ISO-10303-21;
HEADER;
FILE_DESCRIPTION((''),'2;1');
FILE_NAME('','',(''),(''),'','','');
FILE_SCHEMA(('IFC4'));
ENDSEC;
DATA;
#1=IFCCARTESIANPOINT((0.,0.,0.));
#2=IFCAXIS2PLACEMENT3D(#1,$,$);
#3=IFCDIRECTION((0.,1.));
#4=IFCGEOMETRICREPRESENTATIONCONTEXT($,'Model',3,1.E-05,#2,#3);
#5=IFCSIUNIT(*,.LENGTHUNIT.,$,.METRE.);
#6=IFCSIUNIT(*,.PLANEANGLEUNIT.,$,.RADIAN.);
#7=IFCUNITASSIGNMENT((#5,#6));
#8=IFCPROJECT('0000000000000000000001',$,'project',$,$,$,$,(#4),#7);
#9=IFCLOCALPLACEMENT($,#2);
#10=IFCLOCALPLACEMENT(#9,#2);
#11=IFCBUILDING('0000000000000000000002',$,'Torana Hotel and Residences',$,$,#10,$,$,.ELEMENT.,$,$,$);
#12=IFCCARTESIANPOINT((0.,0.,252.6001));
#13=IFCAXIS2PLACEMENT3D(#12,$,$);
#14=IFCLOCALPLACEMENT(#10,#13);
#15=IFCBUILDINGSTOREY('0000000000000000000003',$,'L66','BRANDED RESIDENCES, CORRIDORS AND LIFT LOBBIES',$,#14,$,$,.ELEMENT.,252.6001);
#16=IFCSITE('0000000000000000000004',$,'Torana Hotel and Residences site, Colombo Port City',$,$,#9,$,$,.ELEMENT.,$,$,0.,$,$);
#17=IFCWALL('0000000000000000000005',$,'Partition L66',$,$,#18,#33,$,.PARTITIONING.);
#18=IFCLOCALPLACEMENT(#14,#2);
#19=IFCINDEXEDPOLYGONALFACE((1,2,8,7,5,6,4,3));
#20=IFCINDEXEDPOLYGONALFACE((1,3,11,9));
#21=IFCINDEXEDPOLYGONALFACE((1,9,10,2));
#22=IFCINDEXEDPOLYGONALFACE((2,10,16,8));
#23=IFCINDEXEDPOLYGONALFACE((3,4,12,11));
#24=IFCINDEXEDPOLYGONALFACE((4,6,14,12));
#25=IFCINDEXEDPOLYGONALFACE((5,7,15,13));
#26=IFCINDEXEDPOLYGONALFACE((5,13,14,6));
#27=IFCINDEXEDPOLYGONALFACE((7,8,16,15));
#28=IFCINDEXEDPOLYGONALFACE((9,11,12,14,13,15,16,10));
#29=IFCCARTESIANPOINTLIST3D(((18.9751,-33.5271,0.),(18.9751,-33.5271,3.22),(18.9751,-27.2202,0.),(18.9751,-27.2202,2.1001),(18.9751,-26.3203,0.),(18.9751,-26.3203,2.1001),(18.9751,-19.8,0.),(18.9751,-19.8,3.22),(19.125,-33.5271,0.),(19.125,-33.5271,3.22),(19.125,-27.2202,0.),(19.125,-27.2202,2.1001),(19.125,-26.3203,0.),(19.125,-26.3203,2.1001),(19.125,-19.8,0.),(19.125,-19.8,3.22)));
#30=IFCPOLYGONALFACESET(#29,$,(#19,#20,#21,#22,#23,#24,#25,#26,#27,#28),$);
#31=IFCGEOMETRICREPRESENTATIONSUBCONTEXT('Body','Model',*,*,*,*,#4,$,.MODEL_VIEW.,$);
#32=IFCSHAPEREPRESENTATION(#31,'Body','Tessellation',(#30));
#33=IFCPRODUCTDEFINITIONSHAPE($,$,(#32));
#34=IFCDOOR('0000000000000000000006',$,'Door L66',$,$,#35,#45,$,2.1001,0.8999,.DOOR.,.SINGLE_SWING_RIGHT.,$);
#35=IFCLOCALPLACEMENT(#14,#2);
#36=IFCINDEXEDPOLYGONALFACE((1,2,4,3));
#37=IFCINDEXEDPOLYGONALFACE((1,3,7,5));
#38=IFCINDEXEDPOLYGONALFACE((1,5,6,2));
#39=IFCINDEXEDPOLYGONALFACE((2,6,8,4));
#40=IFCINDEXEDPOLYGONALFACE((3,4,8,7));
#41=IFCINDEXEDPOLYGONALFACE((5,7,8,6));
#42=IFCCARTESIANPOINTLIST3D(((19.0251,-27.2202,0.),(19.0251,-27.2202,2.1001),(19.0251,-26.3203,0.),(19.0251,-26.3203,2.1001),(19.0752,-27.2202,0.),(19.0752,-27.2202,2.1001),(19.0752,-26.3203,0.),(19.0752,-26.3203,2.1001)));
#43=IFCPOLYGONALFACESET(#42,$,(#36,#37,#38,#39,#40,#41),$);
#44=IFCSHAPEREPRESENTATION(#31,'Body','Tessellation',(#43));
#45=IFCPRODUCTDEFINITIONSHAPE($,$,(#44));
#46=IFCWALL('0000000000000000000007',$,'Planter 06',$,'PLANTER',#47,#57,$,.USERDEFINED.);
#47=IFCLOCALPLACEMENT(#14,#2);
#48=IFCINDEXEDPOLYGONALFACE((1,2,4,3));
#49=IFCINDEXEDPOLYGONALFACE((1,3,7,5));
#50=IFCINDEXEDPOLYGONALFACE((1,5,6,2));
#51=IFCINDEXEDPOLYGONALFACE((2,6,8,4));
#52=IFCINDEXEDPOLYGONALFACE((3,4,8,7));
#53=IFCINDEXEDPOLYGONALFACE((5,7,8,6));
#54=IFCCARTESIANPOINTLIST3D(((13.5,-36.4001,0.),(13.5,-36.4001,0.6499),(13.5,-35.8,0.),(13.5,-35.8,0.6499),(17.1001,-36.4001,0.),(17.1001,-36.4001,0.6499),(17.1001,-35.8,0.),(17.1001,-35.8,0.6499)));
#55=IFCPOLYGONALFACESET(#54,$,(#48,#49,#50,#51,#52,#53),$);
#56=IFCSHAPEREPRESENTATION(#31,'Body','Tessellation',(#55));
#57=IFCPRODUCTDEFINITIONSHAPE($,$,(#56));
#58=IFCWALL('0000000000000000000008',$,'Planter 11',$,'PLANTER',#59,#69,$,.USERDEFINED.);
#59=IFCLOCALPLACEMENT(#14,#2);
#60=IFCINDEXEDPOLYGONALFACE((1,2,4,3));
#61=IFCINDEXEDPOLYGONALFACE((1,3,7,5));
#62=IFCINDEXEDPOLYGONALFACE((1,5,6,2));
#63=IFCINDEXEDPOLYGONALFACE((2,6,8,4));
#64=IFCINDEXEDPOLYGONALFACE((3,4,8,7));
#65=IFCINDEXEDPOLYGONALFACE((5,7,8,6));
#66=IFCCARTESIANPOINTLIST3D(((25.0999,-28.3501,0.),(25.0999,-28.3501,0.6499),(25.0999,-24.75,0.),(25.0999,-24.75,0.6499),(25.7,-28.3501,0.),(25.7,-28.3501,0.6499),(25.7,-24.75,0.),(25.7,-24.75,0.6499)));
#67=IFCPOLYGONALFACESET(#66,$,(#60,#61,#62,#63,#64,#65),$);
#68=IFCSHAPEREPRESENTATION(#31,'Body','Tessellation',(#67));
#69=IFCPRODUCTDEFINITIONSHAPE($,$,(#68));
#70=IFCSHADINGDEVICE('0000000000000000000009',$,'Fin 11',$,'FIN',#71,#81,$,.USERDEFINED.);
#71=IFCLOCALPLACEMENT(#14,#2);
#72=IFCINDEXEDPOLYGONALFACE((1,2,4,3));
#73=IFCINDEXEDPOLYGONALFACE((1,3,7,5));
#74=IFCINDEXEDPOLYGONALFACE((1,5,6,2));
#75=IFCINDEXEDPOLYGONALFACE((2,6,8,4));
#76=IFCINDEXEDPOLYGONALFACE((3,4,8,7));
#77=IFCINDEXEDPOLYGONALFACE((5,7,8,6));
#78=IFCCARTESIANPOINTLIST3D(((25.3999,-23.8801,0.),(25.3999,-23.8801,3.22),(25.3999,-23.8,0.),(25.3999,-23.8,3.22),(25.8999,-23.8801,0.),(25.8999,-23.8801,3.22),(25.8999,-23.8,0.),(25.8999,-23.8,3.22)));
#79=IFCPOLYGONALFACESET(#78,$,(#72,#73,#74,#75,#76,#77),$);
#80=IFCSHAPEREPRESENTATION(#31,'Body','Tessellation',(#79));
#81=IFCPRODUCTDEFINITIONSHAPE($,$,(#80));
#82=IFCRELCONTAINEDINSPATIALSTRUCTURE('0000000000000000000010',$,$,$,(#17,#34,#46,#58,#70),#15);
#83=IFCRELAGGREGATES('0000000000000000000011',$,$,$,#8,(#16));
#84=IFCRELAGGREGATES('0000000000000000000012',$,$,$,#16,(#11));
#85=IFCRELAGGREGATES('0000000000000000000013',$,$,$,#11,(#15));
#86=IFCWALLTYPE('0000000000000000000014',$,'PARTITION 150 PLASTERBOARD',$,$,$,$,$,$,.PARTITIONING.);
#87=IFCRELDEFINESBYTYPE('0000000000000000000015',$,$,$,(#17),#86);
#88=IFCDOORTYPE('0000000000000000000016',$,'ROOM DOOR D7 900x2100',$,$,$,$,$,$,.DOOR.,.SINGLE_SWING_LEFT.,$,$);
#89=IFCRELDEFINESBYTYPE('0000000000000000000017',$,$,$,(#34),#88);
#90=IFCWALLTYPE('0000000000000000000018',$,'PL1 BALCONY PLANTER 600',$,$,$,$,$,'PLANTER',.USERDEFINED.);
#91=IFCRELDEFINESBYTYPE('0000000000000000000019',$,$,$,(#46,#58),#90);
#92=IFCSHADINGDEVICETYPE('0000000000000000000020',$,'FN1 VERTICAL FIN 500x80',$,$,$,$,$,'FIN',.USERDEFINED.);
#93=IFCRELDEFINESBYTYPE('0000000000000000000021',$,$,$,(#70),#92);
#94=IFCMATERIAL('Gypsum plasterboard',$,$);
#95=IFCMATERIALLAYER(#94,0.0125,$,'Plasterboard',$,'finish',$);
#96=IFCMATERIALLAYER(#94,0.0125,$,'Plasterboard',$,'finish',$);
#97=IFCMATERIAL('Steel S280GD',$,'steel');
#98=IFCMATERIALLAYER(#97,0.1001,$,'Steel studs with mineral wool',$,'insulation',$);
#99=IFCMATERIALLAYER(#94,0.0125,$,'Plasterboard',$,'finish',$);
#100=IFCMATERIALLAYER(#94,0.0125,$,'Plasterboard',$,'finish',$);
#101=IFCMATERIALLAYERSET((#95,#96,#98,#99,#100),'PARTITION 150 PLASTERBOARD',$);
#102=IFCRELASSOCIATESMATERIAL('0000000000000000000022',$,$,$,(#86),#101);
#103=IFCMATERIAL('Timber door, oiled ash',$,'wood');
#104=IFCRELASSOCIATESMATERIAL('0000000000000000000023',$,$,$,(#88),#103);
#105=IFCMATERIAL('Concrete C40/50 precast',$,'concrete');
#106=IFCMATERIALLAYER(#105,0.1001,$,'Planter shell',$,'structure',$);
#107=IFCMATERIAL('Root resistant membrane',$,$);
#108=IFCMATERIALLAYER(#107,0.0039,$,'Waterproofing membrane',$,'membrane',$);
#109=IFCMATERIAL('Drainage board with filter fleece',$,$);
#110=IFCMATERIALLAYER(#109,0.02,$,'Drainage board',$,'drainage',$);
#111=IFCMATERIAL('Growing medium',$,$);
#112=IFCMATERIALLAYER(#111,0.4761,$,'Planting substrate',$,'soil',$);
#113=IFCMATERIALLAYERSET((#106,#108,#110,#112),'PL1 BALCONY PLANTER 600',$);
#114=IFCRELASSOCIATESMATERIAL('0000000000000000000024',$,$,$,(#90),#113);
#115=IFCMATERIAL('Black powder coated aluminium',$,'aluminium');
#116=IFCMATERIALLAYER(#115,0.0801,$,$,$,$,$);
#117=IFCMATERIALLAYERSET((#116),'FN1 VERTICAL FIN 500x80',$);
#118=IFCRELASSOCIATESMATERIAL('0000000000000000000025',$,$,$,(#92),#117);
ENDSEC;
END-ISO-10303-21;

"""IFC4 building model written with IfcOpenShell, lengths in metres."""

from ifc_helpers import new_model, si_unit, direction, frame, frame_2d, origin, origin_2d, place, context, subcontext, project, spatial, rectangle, extrude, material, layer, layer_set, type_object, element, fill, save


model = new_model("IFC4")

# Units and contexts
model_context = context("Model", 3, precision=1e-05, world=origin(), true_north=direction((0.0, 1.0)))
body_context = subcontext(model_context, "Body", "Model", "MODEL_VIEW")
ifc_project = project(units=[si_unit("LENGTHUNIT", "METRE"), si_unit("PLANEANGLEUNIT", "RADIAN")], contexts=[model_context])

# Site, building, storey
site_placement = place(None, origin())
site = spatial("IfcSite", under=ifc_project, at=site_placement, Name="Torana Hotel and Residences site, Colombo Port City", CompositionType="ELEMENT", RefElevation=0.0)
building_placement = place(site_placement, origin())
building = spatial("IfcBuilding", under=site, at=building_placement, Name="Torana Hotel and Residences", CompositionType="ELEMENT")
storey_placement = place(building_placement, frame((0.0, 0.0, 252.6001)))
storey = spatial("IfcBuildingStorey", under=building, at=storey_placement, Name="L66", Description="BRANDED RESIDENCES, CORRIDORS AND LIFT LOBBIES", CompositionType="ELEMENT", Elevation=252.6001)

# Shared definitions
ifc_material_1 = material(Name="Steel S280GD", Category="steel")

# Wall, opening, door
ifc_material_2 = material(Name="Gypsum plasterboard")
ifc_layer_1 = layer(ifc_material_2, 0.0125, Name="Plasterboard", Category="finish")
ifc_layer_2 = layer(ifc_material_2, 0.0125, Name="Plasterboard", Category="finish")
ifc_layer_3 = layer(ifc_material_1, 0.1001, Name="Steel studs with mineral wool", Category="insulation")
ifc_layer_4 = layer(ifc_material_2, 0.0125, Name="Plasterboard", Category="finish")
ifc_layer_5 = layer(ifc_material_2, 0.0125, Name="Plasterboard", Category="finish")
ifc_layer_set_1 = layer_set([ifc_layer_1, ifc_layer_2, ifc_layer_3, ifc_layer_4, ifc_layer_5], Name="PARTITION 150 PLASTERBOARD")
wall_type_1 = type_object("IfcWallType", Name="PARTITION 150 PLASTERBOARD", PredefinedType="PARTITIONING", material=ifc_layer_set_1)
ifc_material_3 = material(Name="Timber door, oiled ash", Category="wood")
door_type_1 = type_object("IfcDoorType", Name="ROOM DOOR D7 900x2100", OperationType="SINGLE_SWING_LEFT", PredefinedType="DOOR", material=ifc_material_3)
wall_1_placement = place(storey_placement, frame((19.05, -33.5271, 0.0), z_axis=(0.0, 0.0, 1.0), x_axis=(0.0, 1.0, 0.0)))
wall_1 = element("IfcWall", 1, at=wall_1_placement, inside=storey, type_object=wall_type_1, Name="Partition L66", PredefinedType="PARTITIONING", context=body_context, shape_type="SweptSolid", body=[
    extrude(rectangle(XDim=13.7271, YDim=0.1499, at=frame_2d((6.8635, 0.0))), origin(), (0.0, 0.0, 1.0), 3.22),
])
opening_1_placement = place(wall_1_placement, frame((6.3069, 0.0, 0.0)))
opening_1 = element("IfcOpeningElement", 2, at=opening_1_placement, cuts=wall_1, PredefinedType="OPENING", context=body_context, shape_type="SweptSolid", body=[
    extrude(rectangle(XDim=0.8999, YDim=2.1001, at=frame_2d((0.45, 1.05))), frame((0.0, 0.085, 0.0), z_axis=(0.0, -1.0, 0.0), x_axis=(1.0, 0.0, 0.0)), (0.0, 0.0, 1.0), 0.1699),
])
door_1_placement = place(opening_1_placement, origin())
door_1 = element("IfcDoor", 3, at=door_1_placement, inside=storey, type_object=door_type_1, Name="Door L66", OperationType="SINGLE_SWING_RIGHT", OverallHeight=2.1001, OverallWidth=0.8999, PredefinedType="DOOR", context=body_context, shape_type="SweptSolid", body=[
    extrude(rectangle(XDim=0.8999, YDim=2.1001, at=frame_2d((0.45, 1.05))), frame((0.0, 0.0249, 0.0), z_axis=(0.0, -1.0, 0.0), x_axis=(1.0, 0.0, 0.0)), (0.0, 0.0, 1.0), 0.05),
])
fill(opening_1, door_1)

# Walls
ifc_material_4 = material(Name="Concrete C40/50 precast", Category="concrete")
ifc_layer_6 = layer(ifc_material_4, 0.1001, Name="Planter shell", Category="structure")
ifc_material_5 = material(Name="Root resistant membrane")
ifc_layer_7 = layer(ifc_material_5, 0.0039, Name="Waterproofing membrane", Category="membrane")
ifc_material_6 = material(Name="Drainage board with filter fleece")
ifc_layer_8 = layer(ifc_material_6, 0.02, Name="Drainage board", Category="drainage")
ifc_material_7 = material(Name="Growing medium")
ifc_layer_9 = layer(ifc_material_7, 0.4761, Name="Planting substrate", Category="soil")
ifc_layer_set_2 = layer_set([ifc_layer_6, ifc_layer_7, ifc_layer_8, ifc_layer_9], Name="PL1 BALCONY PLANTER 600")
wall_type_2 = type_object("IfcWallType", Name="PL1 BALCONY PLANTER 600", ElementType="PLANTER", PredefinedType="USERDEFINED", material=ifc_layer_set_2)
for number, where, z_axis, x_axis, name in (
    (4, (17.1001, -36.1001, 0.0), (0.0, 0.0, 1.0), (-1.0, 0.0, 0.0), "Planter 06"),
    (5, (25.3999, -24.75, 0.0), (0.0, 0.0, 1.0), (0.0, -1.0, 0.0), "Planter 11"),
):
    element("IfcWall", number, at=place(storey_placement, frame(where, z_axis=z_axis, x_axis=x_axis)), inside=storey, type_object=wall_type_2, Name=name, ObjectType="PLANTER", PredefinedType="USERDEFINED", context=body_context, shape_type="SweptSolid", body=[
        extrude(rectangle(XDim=3.6001, YDim=0.6001, at=frame_2d((1.8, 0.0))), origin(), (0.0, 0.0, 1.0), 0.6499),
    ])

# Shading device
ifc_material_8 = material(Name="Black powder coated aluminium", Category="aluminium")
ifc_layer_10 = layer(ifc_material_8, 0.0801)
ifc_layer_set_3 = layer_set([ifc_layer_10], Name="FN1 VERTICAL FIN 500x80")
shading_device_type = type_object("IfcShadingDeviceType", Name="FN1 VERTICAL FIN 500x80", ElementType="FIN", PredefinedType="USERDEFINED", material=ifc_layer_set_3)
shading_device_placement = place(storey_placement, frame((25.6499, -23.8401, 0.0), z_axis=(0.0, 0.0, 1.0), x_axis=(0.0, -1.0, 0.0)))
element("IfcShadingDevice", 6, at=shading_device_placement, inside=storey, type_object=shading_device_type, Name="Fin 11", ObjectType="FIN", PredefinedType="USERDEFINED", context=body_context, shape_type="SweptSolid", body=[
    extrude(rectangle(XDim=0.0801, YDim=0.5, at=origin_2d()), origin(), (0.0, 0.0, 1.0), 3.22),
])

save(model, "model.ifc")
